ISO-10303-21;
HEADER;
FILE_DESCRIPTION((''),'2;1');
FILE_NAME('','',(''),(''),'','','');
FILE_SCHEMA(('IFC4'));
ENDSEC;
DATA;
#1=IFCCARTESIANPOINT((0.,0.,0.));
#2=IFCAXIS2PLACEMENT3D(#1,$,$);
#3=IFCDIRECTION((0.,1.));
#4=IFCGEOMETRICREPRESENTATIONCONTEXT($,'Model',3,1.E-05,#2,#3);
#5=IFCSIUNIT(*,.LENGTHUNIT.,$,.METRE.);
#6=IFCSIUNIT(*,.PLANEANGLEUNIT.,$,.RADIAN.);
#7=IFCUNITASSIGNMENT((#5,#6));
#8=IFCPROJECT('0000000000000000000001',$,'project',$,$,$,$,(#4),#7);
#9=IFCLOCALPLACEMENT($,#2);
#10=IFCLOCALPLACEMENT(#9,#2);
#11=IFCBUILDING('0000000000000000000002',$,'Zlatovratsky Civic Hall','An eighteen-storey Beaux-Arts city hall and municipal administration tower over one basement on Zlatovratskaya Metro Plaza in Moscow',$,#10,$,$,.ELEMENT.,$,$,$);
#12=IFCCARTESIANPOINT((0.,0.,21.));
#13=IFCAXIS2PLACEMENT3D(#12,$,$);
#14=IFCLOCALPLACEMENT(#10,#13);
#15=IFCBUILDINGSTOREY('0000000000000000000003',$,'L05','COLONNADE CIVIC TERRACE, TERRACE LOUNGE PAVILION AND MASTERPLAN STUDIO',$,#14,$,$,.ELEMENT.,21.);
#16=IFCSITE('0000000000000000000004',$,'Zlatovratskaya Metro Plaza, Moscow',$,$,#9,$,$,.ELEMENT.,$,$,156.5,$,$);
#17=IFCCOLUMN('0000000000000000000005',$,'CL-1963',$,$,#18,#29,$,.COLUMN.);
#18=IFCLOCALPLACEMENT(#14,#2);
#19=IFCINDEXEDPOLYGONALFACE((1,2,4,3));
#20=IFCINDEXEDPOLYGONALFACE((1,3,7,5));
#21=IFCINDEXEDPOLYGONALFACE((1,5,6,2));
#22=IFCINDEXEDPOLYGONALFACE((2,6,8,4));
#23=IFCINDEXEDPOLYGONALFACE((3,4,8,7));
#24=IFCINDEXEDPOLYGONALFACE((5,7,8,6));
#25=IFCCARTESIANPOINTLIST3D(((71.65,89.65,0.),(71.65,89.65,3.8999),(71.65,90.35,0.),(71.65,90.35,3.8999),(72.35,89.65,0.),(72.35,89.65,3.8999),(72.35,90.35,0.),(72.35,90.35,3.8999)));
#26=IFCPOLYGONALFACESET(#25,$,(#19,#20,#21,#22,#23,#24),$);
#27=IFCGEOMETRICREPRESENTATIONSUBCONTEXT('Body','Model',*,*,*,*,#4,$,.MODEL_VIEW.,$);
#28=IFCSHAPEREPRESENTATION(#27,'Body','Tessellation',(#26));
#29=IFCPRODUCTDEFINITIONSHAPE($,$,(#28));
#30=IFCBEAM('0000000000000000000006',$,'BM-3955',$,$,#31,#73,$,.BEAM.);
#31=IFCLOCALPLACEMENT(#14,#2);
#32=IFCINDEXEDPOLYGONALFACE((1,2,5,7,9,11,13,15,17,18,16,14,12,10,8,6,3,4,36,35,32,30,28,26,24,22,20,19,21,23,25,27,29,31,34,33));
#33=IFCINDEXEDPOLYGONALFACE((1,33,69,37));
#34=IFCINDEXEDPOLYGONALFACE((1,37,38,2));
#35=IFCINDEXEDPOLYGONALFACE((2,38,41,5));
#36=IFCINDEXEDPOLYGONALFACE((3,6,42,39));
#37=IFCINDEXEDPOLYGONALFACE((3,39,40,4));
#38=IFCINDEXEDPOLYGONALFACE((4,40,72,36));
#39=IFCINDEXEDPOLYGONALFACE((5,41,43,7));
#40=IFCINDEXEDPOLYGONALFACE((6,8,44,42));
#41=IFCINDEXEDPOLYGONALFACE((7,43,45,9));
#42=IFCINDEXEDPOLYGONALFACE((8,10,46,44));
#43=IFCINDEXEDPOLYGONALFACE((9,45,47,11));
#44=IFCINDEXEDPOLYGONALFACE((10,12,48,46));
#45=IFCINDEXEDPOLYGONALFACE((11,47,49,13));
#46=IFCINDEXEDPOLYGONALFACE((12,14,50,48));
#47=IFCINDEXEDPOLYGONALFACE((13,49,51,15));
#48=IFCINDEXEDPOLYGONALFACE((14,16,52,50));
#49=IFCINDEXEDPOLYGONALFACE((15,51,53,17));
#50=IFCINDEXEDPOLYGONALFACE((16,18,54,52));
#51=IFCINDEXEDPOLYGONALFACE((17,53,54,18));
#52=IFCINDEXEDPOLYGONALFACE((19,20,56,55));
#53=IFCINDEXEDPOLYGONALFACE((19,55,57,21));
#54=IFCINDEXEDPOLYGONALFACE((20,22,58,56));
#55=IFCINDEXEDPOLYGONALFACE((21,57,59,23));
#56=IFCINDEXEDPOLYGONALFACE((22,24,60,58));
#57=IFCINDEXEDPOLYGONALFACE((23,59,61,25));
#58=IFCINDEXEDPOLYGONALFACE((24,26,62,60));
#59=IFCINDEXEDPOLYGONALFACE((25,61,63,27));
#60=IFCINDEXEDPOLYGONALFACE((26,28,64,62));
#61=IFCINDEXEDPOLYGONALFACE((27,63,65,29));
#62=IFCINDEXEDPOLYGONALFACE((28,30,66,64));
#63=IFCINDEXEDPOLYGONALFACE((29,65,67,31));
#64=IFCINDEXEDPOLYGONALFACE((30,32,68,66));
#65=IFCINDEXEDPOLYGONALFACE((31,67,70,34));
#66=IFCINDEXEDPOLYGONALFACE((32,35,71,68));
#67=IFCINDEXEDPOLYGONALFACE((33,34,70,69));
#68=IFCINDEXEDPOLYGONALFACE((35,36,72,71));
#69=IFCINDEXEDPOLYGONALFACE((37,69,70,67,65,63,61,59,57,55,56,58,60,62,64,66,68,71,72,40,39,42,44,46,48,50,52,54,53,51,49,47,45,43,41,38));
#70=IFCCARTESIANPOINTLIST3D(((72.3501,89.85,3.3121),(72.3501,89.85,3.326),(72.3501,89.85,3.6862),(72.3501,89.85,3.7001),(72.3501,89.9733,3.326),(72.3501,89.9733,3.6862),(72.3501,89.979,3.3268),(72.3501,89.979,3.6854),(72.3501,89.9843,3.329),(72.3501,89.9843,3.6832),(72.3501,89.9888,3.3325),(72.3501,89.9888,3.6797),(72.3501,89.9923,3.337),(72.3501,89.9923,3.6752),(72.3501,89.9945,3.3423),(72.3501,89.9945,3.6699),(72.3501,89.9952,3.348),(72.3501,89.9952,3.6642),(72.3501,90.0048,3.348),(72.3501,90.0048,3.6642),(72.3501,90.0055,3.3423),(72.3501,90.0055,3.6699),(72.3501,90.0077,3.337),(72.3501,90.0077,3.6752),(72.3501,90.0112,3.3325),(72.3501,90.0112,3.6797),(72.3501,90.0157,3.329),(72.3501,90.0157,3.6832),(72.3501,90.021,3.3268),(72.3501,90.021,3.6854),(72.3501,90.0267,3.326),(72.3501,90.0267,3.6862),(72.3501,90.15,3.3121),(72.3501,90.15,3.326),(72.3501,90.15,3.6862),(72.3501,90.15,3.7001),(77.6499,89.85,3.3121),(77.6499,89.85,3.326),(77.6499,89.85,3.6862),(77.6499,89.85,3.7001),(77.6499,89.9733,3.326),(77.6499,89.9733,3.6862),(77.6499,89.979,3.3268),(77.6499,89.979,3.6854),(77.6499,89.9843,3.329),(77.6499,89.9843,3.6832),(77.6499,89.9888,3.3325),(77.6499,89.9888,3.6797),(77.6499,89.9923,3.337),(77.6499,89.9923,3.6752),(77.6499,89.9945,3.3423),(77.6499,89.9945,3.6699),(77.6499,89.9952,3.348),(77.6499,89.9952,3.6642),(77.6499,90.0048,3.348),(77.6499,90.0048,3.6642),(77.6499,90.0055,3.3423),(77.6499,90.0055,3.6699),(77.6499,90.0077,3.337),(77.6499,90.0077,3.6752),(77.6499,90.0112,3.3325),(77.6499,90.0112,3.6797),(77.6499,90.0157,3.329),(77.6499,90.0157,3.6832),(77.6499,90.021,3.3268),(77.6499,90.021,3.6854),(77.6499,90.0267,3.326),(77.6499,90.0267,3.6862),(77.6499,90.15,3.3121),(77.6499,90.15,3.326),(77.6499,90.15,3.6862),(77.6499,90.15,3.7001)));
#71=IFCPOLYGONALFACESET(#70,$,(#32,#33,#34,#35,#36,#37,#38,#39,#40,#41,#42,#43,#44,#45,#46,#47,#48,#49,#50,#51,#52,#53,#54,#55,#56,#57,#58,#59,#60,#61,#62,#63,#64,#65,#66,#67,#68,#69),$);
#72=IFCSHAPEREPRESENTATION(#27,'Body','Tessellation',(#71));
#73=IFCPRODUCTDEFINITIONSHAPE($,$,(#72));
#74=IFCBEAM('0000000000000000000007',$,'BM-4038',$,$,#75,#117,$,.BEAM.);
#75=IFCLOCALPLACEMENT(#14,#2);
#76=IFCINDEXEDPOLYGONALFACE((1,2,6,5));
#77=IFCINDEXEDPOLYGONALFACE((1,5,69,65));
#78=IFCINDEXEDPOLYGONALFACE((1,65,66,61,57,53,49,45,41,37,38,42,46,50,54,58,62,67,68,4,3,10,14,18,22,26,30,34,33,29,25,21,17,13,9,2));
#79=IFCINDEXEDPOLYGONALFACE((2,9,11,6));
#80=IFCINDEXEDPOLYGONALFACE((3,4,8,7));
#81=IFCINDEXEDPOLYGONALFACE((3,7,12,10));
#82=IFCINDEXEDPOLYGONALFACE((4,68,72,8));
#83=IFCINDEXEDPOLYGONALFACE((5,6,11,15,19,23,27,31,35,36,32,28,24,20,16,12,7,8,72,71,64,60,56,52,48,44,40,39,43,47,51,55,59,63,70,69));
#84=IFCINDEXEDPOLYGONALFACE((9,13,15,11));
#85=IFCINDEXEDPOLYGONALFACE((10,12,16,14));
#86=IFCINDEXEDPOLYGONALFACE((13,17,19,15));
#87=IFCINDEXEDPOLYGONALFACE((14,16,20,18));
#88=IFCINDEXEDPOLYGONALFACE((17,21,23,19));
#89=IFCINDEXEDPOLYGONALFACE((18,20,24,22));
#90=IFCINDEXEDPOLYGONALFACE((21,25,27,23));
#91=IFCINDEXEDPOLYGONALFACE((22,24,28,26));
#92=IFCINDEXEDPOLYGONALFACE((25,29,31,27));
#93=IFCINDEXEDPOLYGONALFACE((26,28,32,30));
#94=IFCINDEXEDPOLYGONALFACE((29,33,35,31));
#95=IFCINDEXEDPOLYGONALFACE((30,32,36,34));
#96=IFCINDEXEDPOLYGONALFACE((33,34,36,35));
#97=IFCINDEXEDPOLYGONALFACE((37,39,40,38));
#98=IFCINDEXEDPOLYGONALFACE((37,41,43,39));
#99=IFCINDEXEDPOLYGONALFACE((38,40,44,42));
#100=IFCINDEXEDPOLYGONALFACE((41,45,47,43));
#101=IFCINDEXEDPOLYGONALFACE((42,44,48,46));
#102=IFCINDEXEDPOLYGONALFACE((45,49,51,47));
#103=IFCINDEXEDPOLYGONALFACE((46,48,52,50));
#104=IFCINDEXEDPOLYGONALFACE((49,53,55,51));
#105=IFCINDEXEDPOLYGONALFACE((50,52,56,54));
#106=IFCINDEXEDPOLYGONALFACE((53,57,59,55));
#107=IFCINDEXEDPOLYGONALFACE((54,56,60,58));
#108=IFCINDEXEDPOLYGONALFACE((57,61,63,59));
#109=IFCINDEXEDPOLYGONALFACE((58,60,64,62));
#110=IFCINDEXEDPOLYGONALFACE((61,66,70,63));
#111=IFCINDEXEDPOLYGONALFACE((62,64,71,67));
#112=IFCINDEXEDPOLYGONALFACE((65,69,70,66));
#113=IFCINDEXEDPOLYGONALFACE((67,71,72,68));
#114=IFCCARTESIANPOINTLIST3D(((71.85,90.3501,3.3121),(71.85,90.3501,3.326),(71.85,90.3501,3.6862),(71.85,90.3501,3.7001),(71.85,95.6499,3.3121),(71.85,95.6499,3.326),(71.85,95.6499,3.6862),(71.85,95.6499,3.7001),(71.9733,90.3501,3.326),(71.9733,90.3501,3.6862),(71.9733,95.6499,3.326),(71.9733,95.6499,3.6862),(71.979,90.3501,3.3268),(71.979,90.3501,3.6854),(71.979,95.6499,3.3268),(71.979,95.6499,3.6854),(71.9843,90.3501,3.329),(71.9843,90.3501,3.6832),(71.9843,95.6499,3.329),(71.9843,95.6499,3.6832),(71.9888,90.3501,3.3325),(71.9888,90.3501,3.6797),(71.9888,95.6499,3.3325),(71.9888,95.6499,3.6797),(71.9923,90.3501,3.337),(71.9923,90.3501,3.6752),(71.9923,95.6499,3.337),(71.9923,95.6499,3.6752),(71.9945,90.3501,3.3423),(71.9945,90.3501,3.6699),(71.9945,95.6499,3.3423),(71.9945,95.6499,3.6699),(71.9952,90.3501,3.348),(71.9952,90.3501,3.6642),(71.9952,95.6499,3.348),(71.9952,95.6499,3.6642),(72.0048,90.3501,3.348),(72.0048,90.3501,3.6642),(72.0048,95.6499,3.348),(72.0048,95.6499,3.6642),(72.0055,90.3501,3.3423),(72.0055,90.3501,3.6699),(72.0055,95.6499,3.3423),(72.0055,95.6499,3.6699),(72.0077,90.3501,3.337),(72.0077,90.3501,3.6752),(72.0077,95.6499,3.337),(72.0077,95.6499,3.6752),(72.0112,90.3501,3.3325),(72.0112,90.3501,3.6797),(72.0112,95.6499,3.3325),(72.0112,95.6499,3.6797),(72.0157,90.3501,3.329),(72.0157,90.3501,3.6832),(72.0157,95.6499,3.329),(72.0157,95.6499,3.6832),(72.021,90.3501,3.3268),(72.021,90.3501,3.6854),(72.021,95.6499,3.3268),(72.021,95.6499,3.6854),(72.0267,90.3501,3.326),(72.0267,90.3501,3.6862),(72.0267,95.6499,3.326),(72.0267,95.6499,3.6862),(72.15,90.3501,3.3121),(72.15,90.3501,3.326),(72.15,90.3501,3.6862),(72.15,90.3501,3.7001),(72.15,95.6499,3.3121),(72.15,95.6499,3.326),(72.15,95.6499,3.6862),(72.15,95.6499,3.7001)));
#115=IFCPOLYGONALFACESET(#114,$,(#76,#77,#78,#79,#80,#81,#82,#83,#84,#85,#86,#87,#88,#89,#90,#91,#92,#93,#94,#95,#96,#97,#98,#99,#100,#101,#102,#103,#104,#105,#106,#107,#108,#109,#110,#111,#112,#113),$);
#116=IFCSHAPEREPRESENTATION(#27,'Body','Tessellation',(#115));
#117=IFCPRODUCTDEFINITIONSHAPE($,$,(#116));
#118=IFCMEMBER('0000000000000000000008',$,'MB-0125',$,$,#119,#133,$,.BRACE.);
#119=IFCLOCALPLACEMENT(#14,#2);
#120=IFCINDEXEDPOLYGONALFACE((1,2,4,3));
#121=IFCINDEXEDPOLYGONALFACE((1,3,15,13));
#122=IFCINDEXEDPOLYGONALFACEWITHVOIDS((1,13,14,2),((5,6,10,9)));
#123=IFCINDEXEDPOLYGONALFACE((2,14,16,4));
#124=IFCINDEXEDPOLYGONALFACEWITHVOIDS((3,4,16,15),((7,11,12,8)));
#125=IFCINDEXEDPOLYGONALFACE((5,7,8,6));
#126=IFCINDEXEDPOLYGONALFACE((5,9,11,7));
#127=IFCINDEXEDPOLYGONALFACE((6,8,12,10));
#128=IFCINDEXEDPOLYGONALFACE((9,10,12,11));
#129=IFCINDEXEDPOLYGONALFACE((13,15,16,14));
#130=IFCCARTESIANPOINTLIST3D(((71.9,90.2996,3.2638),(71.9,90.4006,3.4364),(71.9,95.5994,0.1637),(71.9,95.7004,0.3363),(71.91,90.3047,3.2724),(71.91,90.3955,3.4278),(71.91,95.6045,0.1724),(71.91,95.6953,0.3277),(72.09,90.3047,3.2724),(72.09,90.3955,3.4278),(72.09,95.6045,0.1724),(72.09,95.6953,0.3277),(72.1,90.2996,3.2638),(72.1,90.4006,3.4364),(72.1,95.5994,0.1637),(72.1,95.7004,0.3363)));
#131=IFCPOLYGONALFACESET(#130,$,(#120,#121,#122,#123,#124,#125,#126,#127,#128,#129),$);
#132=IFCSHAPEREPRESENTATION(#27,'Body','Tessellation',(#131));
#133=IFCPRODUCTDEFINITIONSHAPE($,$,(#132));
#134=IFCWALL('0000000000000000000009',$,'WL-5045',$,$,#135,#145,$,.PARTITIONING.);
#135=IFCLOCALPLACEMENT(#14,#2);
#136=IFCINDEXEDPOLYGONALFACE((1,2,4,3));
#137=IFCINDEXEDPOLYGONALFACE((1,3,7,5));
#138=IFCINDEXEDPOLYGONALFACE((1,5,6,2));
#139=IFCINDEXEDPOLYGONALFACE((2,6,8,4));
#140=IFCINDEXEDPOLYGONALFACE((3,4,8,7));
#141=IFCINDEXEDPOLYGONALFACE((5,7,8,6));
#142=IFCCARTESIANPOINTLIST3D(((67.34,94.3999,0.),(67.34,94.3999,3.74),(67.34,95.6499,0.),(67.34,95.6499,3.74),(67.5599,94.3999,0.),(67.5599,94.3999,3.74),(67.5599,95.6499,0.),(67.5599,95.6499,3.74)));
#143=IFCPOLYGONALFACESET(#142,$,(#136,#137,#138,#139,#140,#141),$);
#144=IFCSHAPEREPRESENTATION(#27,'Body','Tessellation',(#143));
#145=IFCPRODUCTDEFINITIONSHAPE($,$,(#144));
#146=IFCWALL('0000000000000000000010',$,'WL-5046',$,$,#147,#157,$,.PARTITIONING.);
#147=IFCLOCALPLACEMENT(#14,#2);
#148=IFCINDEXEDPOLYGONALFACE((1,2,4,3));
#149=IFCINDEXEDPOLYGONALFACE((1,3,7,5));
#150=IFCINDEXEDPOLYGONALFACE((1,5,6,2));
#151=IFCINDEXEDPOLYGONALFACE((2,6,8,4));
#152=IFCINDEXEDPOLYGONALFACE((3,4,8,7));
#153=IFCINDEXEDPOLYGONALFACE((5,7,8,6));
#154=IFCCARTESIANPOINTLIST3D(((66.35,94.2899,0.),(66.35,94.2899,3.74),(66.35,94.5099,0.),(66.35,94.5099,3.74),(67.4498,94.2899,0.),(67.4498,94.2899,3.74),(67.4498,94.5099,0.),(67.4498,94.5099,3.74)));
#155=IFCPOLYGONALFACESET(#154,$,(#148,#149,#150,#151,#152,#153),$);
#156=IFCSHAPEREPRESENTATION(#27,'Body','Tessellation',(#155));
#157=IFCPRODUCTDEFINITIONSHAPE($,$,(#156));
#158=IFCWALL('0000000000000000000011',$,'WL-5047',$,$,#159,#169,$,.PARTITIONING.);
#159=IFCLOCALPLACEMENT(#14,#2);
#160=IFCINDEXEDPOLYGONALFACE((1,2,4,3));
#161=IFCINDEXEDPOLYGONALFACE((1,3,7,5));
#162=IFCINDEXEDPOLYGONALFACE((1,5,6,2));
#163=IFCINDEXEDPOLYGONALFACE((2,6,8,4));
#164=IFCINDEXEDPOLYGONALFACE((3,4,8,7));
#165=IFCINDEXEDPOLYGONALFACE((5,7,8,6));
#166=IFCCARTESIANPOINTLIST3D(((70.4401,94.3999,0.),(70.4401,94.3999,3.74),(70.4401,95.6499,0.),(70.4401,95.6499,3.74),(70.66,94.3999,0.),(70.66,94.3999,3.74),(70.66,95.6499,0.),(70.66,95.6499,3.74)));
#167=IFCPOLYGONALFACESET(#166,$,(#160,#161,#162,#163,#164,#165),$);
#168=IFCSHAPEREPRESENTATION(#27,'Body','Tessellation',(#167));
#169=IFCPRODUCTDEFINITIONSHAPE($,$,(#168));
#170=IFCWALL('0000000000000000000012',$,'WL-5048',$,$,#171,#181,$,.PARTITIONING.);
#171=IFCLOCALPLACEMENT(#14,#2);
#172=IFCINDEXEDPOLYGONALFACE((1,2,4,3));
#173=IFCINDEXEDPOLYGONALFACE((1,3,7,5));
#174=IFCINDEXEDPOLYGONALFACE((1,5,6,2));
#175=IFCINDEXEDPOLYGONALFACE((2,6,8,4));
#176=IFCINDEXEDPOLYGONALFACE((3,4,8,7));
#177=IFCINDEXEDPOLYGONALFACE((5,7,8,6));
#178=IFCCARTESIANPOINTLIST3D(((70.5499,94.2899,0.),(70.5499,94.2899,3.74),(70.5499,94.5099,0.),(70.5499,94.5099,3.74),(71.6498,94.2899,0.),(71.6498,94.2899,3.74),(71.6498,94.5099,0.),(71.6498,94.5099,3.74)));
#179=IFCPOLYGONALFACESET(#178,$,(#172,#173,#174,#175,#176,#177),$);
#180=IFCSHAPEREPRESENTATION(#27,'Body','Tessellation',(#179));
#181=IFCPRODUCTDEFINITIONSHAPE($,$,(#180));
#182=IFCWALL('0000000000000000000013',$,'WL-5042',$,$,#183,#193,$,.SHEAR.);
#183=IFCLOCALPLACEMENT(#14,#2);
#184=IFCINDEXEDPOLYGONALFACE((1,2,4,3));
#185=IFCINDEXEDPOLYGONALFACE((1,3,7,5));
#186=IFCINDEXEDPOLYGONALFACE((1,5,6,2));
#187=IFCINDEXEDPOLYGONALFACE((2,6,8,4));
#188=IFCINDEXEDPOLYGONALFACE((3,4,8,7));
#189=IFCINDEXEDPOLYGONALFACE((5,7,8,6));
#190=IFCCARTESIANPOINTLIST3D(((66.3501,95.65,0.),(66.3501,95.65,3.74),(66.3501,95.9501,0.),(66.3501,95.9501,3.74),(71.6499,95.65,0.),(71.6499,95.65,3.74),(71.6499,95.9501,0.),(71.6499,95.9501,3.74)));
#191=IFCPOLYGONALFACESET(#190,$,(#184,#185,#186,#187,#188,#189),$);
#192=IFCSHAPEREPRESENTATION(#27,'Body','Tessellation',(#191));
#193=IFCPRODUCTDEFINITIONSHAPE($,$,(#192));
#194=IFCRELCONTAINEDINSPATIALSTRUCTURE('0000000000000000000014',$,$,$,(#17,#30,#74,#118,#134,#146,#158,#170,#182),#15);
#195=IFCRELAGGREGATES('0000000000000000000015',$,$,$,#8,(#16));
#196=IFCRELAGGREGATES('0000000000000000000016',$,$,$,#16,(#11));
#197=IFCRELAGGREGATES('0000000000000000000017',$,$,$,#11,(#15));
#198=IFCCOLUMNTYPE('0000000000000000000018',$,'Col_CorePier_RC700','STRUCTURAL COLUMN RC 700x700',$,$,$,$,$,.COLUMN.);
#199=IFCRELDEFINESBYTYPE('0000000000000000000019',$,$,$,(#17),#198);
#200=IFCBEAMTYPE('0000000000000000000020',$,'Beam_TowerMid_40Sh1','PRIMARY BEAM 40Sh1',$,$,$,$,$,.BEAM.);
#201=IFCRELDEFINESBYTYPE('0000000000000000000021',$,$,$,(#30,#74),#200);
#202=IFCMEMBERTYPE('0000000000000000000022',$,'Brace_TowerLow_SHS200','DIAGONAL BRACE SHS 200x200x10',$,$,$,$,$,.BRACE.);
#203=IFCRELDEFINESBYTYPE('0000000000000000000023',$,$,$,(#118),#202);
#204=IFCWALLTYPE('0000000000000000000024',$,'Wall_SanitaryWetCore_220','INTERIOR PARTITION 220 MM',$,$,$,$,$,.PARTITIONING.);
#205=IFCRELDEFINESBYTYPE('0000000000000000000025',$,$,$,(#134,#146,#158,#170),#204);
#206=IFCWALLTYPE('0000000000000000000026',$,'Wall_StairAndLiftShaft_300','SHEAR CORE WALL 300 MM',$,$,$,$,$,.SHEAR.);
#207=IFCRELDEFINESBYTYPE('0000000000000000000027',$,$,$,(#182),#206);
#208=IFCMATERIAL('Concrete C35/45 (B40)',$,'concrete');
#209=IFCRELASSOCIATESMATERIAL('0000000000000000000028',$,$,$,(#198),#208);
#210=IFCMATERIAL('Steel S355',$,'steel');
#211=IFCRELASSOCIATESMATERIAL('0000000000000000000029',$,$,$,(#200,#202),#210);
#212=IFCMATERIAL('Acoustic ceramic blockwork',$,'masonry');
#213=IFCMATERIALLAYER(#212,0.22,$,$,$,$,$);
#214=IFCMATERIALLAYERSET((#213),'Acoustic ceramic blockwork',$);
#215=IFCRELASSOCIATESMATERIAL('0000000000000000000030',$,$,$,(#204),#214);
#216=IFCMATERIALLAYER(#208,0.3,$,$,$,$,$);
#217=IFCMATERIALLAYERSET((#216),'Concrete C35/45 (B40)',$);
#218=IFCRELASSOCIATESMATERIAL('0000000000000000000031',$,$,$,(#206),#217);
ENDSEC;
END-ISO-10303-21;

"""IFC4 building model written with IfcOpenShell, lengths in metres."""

from ifc_helpers import new_model, si_unit, direction, frame, frame_2d, origin, origin_2d, place, context, subcontext, project, spatial, rectangle, hollow_rectangle, i_section, extrude, material, layer, layer_set, material_profile, profile_set, type_object, element, save


model = new_model("IFC4")

# Units and contexts
model_context = context("Model", 3, precision=1e-05, world=origin(), true_north=direction((0.0, 1.0)))
body_context = subcontext(model_context, "Body", "Model", "MODEL_VIEW")
ifc_project = project(units=[si_unit("LENGTHUNIT", "METRE"), si_unit("PLANEANGLEUNIT", "RADIAN")], contexts=[model_context])

# Site, building, storey
site_placement = place(None, origin())
site = spatial("IfcSite", under=ifc_project, at=site_placement, Name="Zlatovratskaya Metro Plaza, Moscow", CompositionType="ELEMENT", RefElevation=156.5)
building_placement = place(site_placement, origin())
building = spatial("IfcBuilding", under=site, at=building_placement, Name="Zlatovratsky Civic Hall", Description="An eighteen-storey Beaux-Arts city hall and municipal administration tower over one basement on Zlatovratskaya Metro Plaza in Moscow", CompositionType="ELEMENT")
storey_placement = place(building_placement, frame((0.0, 0.0, 21.0)))
storey = spatial("IfcBuildingStorey", under=building, at=storey_placement, Name="L05", Description="COLONNADE CIVIC TERRACE, TERRACE LOUNGE PAVILION AND MASTERPLAN STUDIO", CompositionType="ELEMENT", Elevation=21.0)

# Column
ifc_material_1 = material(Name="Concrete C35/45 (B40)", Category="concrete")
ifc_material_profile_1 = material_profile(ifc_material_1, rectangle(XDim=0.7, YDim=0.7, at=origin_2d()), Name="RC 700x700")
ifc_profile_set_1 = profile_set([ifc_material_profile_1], Name="Concrete C35/45 (B40)")
column_type = type_object("IfcColumnType", Name="Col_CorePier_RC700", Description="STRUCTURAL COLUMN RC 700x700", PredefinedType="COLUMN", material=ifc_profile_set_1)
column_placement = place(storey_placement, frame((72.0, 90.0, 0.0), z_axis=(0.0, 0.0, 1.0), x_axis=(1.0, 0.0, 0.0)))
element("IfcColumn", 1, at=column_placement, inside=storey, type_object=column_type, Name="CL-1963", PredefinedType="COLUMN", context=body_context, shape_type="SweptSolid", body=[
    extrude(rectangle(XDim=0.7, YDim=0.7, at=origin_2d()), origin(), (0.0, 0.0, 1.0), 3.8999),
])

# Beams
ifc_material_2 = material(Name="Steel S355", Category="steel")
ifc_material_profile_2 = material_profile(ifc_material_2, i_section(OverallWidth=0.3, OverallDepth=0.3879, WebThickness=0.0095, FlangeThickness=0.0139, FilletRadius=0.022, at=origin_2d()), Name="40Sh1")
ifc_profile_set_2 = profile_set([ifc_material_profile_2], Name="Steel S355")
beam_type = type_object("IfcBeamType", Name="Beam_TowerMid_40Sh1", Description="PRIMARY BEAM 40Sh1", PredefinedType="BEAM", material=ifc_profile_set_2)
for number, where, z_axis, x_axis, name in (
    (2, (72.3501, 90.0, 3.5061), (1.0, 0.0, 0.0), (0.0, 1.0, 0.0), "BM-3955"),
    (3, (72.0, 90.3501, 3.5061), (0.0, 1.0, 0.0), (-1.0, 0.0, 0.0), "BM-4038"),
):
    element("IfcBeam", number, at=place(storey_placement, frame(where, z_axis=z_axis, x_axis=x_axis)), inside=storey, type_object=beam_type, Name=name, PredefinedType="BEAM", context=body_context, shape_type="SweptSolid", body=[
        extrude(i_section(OverallWidth=0.3, OverallDepth=0.3879, WebThickness=0.0095, FlangeThickness=0.0139, FilletRadius=0.022, at=origin_2d()), origin(), (0.0, 0.0, 1.0), 5.2998),
    ])

# Member
ifc_material_profile_3 = material_profile(ifc_material_2, hollow_rectangle(XDim=0.2, YDim=0.2, WallThickness=0.01, at=origin_2d()), Name="SHS 200x200x10")
ifc_profile_set_3 = profile_set([ifc_material_profile_3], Name="Steel S355")
member_type = type_object("IfcMemberType", Name="Brace_TowerLow_SHS200", Description="DIAGONAL BRACE SHS 200x200x10", PredefinedType="BRACE", material=ifc_profile_set_3)
member_placement = place(storey_placement, frame((72.0, 90.3501, 3.3501), z_axis=(0.0, 0.863173, -0.504909), x_axis=(-1.0, 0.0, 0.0)))
element("IfcMember", 4, at=member_placement, inside=storey, type_object=member_type, Name="MB-0125", PredefinedType="BRACE", context=body_context, shape_type="SweptSolid", body=[
    extrude(hollow_rectangle(XDim=0.2, YDim=0.2, WallThickness=0.01, at=origin_2d()), origin(), (0.0, 0.0, 1.0), 6.1399),
])

# Walls
ifc_material_3 = material(Name="Acoustic ceramic blockwork", Category="masonry")
ifc_layer_1 = layer(ifc_material_3, 0.22)
ifc_layer_set_1 = layer_set([ifc_layer_1], Name="Acoustic ceramic blockwork")
wall_type_1 = type_object("IfcWallType", Name="Wall_SanitaryWetCore_220", Description="INTERIOR PARTITION 220 MM", PredefinedType="PARTITIONING", material=ifc_layer_set_1)
wall_1_placement = place(storey_placement, frame((67.45, 94.3999, 0.0), z_axis=(0.0, 0.0, 1.0), x_axis=(0.0, 1.0, 0.0)))
element("IfcWall", 5, at=wall_1_placement, inside=storey, type_object=wall_type_1, Name="WL-5045", PredefinedType="PARTITIONING", context=body_context, shape_type="SweptSolid", body=[
    extrude(rectangle(XDim=1.25, YDim=0.22, at=frame_2d((0.625, 0.0))), origin(), (0.0, 0.0, 1.0), 3.74),
])
wall_2_placement = place(storey_placement, frame((66.3501, 94.3999, 0.0), z_axis=(0.0, 0.0, 1.0), x_axis=(1.0, 0.0, 0.0)))
element("IfcWall", 6, at=wall_2_placement, inside=storey, type_object=wall_type_1, Name="WL-5046", PredefinedType="PARTITIONING", context=body_context, shape_type="SweptSolid", body=[
    extrude(rectangle(XDim=1.0999, YDim=0.22, at=frame_2d((0.5498, 0.0))), origin(), (0.0, 0.0, 1.0), 3.74),
])
wall_3_placement = place(storey_placement, frame((70.55, 94.3999, 0.0), z_axis=(0.0, 0.0, 1.0), x_axis=(0.0, 1.0, 0.0)))
element("IfcWall", 7, at=wall_3_placement, inside=storey, type_object=wall_type_1, Name="WL-5047", PredefinedType="PARTITIONING", context=body_context, shape_type="SweptSolid", body=[
    extrude(rectangle(XDim=1.25, YDim=0.22, at=frame_2d((0.625, 0.0))), origin(), (0.0, 0.0, 1.0), 3.74),
])
wall_4_placement = place(storey_placement, frame((70.55, 94.3999, 0.0), z_axis=(0.0, 0.0, 1.0), x_axis=(1.0, 0.0, 0.0)))
element("IfcWall", 8, at=wall_4_placement, inside=storey, type_object=wall_type_1, Name="WL-5048", PredefinedType="PARTITIONING", context=body_context, shape_type="SweptSolid", body=[
    extrude(rectangle(XDim=1.0999, YDim=0.22, at=frame_2d((0.5498, 0.0))), origin(), (0.0, 0.0, 1.0), 3.74),
])
ifc_layer_2 = layer(ifc_material_1, 0.3)
ifc_layer_set_2 = layer_set([ifc_layer_2], Name="Concrete C35/45 (B40)")
wall_type_2 = type_object("IfcWallType", Name="Wall_StairAndLiftShaft_300", Description="SHEAR CORE WALL 300 MM", PredefinedType="SHEAR", material=ifc_layer_set_2)
wall_5_placement = place(storey_placement, frame((66.3501, 95.8, 0.0), z_axis=(0.0, 0.0, 1.0), x_axis=(1.0, 0.0, 0.0)))
element("IfcWall", 9, at=wall_5_placement, inside=storey, type_object=wall_type_2, Name="WL-5042", PredefinedType="SHEAR", context=body_context, shape_type="SweptSolid", body=[
    extrude(rectangle(XDim=5.2998, YDim=0.3, at=frame_2d((2.6499, 0.0))), origin(), (0.0, 0.0, 1.0), 3.74),
])

save(model, "model.ifc")
